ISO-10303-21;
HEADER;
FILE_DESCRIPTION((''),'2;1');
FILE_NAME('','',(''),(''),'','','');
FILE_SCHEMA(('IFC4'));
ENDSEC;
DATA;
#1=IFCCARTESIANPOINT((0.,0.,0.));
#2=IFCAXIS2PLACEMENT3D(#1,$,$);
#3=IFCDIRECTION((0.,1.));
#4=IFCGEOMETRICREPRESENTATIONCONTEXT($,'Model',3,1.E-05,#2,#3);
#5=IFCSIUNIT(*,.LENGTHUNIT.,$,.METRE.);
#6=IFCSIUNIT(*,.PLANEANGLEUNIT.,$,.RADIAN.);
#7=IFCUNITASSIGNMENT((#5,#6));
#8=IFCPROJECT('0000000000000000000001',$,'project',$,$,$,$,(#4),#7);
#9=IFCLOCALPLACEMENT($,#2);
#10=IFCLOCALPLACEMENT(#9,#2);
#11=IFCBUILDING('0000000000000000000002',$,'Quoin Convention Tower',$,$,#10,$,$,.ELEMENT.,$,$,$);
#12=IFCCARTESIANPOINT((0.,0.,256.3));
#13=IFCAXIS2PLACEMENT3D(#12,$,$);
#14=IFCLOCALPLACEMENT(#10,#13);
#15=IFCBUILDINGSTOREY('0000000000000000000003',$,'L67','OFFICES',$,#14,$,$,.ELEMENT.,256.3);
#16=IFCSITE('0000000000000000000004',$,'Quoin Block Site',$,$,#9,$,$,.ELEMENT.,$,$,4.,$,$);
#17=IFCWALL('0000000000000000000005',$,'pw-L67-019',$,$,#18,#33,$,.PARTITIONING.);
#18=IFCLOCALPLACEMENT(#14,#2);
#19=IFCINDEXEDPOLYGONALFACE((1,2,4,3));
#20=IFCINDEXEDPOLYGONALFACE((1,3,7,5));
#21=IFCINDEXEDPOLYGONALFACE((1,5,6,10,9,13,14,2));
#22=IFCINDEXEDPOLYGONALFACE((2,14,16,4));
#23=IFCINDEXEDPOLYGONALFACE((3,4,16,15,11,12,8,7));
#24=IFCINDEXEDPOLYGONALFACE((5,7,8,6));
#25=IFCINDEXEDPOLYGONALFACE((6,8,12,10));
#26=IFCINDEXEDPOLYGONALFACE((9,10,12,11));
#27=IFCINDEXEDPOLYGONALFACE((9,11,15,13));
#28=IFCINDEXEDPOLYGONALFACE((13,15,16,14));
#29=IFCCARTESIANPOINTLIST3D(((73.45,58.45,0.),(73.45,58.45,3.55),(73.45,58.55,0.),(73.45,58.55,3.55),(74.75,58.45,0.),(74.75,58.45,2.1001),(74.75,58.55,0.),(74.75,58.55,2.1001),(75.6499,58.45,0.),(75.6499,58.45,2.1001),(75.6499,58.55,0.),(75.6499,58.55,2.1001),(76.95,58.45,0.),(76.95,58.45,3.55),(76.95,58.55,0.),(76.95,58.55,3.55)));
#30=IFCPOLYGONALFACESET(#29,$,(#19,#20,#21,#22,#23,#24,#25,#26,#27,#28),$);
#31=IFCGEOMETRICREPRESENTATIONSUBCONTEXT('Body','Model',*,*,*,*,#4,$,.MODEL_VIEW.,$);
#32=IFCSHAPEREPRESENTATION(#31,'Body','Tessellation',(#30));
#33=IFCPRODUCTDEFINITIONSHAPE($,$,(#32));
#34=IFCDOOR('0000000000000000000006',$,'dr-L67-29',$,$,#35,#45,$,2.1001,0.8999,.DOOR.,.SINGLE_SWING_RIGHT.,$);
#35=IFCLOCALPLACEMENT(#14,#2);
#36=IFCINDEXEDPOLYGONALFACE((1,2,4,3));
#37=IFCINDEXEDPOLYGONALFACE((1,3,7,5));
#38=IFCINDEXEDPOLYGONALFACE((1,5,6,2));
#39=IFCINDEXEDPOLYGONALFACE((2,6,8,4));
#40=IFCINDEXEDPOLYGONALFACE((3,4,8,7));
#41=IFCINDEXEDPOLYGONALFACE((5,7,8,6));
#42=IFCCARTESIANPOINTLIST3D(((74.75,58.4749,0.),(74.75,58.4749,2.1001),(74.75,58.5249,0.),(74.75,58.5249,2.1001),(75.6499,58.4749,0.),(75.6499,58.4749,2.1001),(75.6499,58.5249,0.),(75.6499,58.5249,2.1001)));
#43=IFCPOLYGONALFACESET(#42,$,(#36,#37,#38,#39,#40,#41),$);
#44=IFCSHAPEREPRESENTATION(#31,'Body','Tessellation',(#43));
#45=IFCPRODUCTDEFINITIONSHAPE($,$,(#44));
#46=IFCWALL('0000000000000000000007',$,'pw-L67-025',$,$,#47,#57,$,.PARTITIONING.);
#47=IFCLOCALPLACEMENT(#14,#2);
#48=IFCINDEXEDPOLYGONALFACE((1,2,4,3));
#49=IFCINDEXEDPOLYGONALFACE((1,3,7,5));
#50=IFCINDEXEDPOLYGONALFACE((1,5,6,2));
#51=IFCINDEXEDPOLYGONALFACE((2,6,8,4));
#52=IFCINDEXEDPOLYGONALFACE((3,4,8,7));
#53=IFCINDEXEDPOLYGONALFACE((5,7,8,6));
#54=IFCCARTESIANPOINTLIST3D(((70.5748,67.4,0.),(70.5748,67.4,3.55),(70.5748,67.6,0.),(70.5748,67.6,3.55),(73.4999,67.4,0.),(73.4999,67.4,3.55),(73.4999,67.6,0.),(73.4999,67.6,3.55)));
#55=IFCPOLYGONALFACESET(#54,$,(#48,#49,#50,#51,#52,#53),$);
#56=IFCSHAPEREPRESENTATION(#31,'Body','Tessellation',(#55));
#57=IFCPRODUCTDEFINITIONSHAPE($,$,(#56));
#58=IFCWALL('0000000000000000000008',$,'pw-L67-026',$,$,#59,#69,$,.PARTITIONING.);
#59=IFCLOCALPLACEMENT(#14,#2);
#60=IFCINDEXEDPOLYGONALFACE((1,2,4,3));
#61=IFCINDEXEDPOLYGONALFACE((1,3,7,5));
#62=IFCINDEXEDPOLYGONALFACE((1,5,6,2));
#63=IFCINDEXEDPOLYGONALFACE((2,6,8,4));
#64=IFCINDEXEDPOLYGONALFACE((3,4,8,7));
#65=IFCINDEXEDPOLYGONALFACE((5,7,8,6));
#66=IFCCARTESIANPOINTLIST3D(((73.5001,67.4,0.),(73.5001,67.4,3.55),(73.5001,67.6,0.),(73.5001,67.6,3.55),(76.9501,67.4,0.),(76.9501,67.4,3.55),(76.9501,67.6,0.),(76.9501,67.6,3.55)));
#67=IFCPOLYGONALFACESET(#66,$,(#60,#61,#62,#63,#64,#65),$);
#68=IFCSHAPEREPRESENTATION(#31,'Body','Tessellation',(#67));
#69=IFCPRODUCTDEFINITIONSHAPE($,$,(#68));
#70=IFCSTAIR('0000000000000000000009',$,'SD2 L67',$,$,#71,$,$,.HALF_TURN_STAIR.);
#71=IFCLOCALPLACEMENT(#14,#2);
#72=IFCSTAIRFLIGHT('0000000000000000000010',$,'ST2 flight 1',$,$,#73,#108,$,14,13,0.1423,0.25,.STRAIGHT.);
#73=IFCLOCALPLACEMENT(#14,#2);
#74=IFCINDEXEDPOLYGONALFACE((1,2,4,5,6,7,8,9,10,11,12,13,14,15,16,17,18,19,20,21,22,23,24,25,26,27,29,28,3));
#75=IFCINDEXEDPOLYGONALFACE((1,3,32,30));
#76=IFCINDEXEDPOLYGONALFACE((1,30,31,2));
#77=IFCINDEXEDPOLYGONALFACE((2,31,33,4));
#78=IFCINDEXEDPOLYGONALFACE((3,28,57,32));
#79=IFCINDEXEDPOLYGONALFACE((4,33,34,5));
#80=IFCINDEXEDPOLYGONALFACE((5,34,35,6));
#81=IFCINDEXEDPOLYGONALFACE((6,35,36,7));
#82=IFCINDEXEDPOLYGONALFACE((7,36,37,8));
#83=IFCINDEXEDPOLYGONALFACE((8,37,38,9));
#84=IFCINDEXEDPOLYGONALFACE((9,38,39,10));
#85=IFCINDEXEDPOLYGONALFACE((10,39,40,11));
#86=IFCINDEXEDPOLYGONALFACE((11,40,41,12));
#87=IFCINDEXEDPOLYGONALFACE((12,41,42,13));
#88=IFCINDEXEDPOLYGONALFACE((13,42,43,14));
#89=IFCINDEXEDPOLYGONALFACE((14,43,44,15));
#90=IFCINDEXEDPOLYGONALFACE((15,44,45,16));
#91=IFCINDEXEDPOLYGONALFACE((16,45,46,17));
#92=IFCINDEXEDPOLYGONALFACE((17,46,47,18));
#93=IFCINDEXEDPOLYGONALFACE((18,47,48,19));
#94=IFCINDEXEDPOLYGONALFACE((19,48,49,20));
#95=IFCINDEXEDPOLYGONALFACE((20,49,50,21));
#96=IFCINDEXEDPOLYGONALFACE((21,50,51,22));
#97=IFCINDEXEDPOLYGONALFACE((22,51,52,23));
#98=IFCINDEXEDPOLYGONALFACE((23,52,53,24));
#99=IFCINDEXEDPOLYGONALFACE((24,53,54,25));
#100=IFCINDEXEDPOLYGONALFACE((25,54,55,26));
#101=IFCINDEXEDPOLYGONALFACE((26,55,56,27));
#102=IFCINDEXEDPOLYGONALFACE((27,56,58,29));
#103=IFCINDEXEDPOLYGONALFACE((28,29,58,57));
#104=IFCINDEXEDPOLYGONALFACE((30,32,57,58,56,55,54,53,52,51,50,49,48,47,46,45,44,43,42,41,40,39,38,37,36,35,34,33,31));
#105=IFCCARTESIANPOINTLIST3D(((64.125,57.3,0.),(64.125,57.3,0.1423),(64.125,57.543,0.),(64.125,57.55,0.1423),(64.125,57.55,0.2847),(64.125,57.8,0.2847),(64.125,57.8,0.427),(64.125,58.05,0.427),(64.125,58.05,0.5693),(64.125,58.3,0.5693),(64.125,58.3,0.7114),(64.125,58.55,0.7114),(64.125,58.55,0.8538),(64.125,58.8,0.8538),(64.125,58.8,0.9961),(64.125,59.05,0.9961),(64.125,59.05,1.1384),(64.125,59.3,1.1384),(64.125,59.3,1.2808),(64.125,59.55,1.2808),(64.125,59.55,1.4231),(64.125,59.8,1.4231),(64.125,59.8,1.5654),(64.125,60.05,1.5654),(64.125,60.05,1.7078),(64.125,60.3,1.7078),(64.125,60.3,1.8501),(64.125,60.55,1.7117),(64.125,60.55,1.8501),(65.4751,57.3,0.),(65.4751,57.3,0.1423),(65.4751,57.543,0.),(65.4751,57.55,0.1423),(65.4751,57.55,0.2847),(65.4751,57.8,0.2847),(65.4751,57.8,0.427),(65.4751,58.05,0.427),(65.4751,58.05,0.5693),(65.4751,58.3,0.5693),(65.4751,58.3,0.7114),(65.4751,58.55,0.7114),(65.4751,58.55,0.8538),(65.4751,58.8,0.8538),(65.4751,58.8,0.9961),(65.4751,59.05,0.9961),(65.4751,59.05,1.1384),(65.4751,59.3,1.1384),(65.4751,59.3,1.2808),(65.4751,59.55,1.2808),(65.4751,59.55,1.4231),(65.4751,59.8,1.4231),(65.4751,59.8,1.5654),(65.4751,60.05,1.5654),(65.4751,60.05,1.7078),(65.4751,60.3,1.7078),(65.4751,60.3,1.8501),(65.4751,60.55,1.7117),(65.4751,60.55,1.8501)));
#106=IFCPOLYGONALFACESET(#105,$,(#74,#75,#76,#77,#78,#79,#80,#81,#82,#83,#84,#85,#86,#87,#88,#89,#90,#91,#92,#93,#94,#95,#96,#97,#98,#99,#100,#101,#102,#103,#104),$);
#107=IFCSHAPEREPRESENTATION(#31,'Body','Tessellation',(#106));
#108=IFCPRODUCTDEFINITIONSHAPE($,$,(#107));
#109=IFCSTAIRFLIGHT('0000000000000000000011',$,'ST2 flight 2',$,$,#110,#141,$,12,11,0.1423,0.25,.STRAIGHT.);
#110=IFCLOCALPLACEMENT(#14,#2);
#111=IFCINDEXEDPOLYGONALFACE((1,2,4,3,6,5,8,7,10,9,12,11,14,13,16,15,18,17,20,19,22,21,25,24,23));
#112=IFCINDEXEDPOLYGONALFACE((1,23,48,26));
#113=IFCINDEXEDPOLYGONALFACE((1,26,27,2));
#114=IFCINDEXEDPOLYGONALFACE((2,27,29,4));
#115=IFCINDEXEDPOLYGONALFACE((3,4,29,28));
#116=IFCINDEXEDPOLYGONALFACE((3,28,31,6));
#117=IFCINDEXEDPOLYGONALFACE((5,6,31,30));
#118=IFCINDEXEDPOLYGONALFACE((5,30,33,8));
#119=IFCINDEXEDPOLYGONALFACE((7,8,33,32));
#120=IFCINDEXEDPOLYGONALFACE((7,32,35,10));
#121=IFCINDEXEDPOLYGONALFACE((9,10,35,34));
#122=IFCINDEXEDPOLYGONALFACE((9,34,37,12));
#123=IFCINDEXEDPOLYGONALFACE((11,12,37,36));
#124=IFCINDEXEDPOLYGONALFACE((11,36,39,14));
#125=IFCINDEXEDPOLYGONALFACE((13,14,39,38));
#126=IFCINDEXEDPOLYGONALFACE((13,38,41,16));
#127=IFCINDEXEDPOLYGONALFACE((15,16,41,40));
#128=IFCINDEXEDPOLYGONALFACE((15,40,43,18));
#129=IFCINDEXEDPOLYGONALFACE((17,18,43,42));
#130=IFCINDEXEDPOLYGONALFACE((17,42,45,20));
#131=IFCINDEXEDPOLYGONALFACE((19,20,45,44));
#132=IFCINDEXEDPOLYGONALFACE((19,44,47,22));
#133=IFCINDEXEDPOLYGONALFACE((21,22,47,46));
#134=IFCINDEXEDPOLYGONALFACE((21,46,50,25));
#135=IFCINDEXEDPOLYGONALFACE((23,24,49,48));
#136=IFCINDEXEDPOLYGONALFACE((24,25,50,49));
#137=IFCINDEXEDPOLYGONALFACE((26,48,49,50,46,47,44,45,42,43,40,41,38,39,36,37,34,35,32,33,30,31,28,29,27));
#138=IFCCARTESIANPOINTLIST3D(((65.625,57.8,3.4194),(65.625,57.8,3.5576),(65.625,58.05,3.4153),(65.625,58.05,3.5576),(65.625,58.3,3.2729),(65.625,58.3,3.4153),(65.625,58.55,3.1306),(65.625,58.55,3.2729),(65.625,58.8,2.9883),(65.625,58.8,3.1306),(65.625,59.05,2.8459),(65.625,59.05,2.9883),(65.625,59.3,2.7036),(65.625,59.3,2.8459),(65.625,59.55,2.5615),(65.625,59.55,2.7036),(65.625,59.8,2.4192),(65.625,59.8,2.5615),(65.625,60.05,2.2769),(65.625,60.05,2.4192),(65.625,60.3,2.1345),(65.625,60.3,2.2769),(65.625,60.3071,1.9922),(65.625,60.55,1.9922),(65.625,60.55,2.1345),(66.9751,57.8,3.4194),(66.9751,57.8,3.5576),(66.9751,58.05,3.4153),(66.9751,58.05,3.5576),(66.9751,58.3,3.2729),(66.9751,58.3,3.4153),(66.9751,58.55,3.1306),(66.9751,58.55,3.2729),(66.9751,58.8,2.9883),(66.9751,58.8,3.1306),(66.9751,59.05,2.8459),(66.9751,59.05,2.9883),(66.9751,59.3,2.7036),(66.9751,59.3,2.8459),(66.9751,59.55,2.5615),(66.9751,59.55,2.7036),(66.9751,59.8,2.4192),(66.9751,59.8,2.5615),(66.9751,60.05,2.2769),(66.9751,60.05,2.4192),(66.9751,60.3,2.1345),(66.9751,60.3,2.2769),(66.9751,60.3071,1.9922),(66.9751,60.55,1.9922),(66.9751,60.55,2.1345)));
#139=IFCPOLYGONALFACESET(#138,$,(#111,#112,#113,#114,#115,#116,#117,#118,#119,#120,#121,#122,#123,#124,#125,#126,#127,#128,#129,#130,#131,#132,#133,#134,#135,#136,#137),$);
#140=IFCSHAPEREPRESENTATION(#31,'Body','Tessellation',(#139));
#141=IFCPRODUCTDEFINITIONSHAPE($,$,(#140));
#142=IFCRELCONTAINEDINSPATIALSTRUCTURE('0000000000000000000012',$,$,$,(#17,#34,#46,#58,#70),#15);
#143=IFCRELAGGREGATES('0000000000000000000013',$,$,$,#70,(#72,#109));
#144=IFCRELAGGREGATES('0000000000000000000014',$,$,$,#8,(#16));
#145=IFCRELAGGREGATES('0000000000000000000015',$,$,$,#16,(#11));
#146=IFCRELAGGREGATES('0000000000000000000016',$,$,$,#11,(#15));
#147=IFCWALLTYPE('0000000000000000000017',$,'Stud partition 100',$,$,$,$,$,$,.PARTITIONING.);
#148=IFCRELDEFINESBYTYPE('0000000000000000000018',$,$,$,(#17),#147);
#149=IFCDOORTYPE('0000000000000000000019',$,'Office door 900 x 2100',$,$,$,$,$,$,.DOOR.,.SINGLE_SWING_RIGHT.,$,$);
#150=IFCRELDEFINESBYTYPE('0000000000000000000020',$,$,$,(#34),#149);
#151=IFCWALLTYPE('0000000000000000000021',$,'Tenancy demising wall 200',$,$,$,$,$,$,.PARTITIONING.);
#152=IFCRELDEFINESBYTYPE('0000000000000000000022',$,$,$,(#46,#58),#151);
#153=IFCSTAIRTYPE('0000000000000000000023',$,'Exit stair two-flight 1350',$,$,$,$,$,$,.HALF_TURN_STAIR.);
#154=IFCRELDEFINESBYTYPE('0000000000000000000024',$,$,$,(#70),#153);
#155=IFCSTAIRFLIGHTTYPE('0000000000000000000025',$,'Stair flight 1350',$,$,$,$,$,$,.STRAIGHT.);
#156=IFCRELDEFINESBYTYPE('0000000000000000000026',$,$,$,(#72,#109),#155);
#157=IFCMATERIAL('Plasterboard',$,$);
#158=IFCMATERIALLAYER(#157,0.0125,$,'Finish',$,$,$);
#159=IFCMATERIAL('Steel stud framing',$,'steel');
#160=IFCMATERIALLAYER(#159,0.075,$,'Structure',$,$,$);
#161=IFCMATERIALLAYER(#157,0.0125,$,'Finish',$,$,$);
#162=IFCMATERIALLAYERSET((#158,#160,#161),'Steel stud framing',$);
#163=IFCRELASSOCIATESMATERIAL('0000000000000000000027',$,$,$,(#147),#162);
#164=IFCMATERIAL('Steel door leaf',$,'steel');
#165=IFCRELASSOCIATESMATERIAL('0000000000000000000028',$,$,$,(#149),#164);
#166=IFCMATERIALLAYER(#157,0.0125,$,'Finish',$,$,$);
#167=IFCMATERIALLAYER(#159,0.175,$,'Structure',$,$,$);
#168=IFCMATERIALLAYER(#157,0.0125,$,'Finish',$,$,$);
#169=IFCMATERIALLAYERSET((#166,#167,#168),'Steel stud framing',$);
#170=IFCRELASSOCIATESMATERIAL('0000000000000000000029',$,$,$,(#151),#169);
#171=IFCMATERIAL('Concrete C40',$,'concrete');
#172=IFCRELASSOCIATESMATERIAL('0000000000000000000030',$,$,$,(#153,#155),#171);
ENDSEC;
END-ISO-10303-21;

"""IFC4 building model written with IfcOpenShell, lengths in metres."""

from ifc_helpers import new_model, si_unit, direction, frame, frame_2d, origin, place, context, subcontext, project, spatial, polyline, rectangle, outline, extrude, material, layer, layer_set, type_object, element, fill, aggregate, save


model = new_model("IFC4")

# Units and contexts
model_context = context("Model", 3, precision=1e-05, world=origin(), true_north=direction((0.0, 1.0)))
body_context = subcontext(model_context, "Body", "Model", "MODEL_VIEW")
ifc_project = project(units=[si_unit("LENGTHUNIT", "METRE"), si_unit("PLANEANGLEUNIT", "RADIAN")], contexts=[model_context])

# Site, building, storey
site_placement = place(None, origin())
site = spatial("IfcSite", under=ifc_project, at=site_placement, Name="Quoin Block Site", CompositionType="ELEMENT", RefElevation=4.0)
building_placement = place(site_placement, origin())
building = spatial("IfcBuilding", under=site, at=building_placement, Name="Quoin Convention Tower", CompositionType="ELEMENT")
storey_placement = place(building_placement, frame((0.0, 0.0, 256.3)))
storey = spatial("IfcBuildingStorey", under=building, at=storey_placement, Name="L67", Description="OFFICES", CompositionType="ELEMENT", Elevation=256.3)

# Wall, opening, door
ifc_material_1 = material(Name="Steel door leaf", Category="steel")
ifc_material_2 = material(Name="Plasterboard")
ifc_material_3 = material(Name="Steel stud framing", Category="steel")
ifc_layer_1 = layer(ifc_material_2, 0.0125, Name="Finish")
ifc_layer_2 = layer(ifc_material_3, 0.075, Name="Structure")
ifc_layer_3 = layer(ifc_material_2, 0.0125, Name="Finish")
ifc_layer_set_1 = layer_set([ifc_layer_1, ifc_layer_2, ifc_layer_3], Name="Steel stud framing")
wall_type_1 = type_object("IfcWallType", Name="Stud partition 100", PredefinedType="PARTITIONING", material=ifc_layer_set_1)
wall_1_placement = place(storey_placement, frame((73.45, 58.5, 0.0), z_axis=(0.0, 0.0, 1.0), x_axis=(1.0, 0.0, 0.0)))
wall_1 = element("IfcWall", 1, at=wall_1_placement, inside=storey, type_object=wall_type_1, Name="pw-L67-019", PredefinedType="PARTITIONING", context=body_context, shape_type="SweptSolid", body=[
    extrude(rectangle(XDim=3.5, YDim=0.1001, at=frame_2d((1.75, 0.0))), origin(), (0.0, 0.0, 1.0), 3.55),
])
opening_1_placement = place(wall_1_placement, frame((1.3, 0.0, 0.0)))
opening_1 = element("IfcOpeningElement", 2, at=opening_1_placement, cuts=wall_1, PredefinedType="OPENING", context=body_context, shape_type="SweptSolid", body=[
    extrude(rectangle(XDim=0.8999, YDim=2.1001, at=frame_2d((0.45, 1.05))), frame((0.0, 0.0601, 0.0), z_axis=(0.0, -1.0, 0.0), x_axis=(1.0, 0.0, 0.0)), (0.0, 0.0, 1.0), 0.1201),
])
door_type_1 = type_object("IfcDoorType", Name="Office door 900 x 2100", OperationType="SINGLE_SWING_RIGHT", PredefinedType="DOOR", material=ifc_material_1)
door_1_placement = place(opening_1_placement, origin())
door_1 = element("IfcDoor", 3, at=door_1_placement, inside=storey, type_object=door_type_1, Name="dr-L67-29", OperationType="SINGLE_SWING_RIGHT", OverallHeight=2.1001, OverallWidth=0.8999, PredefinedType="DOOR", context=body_context, shape_type="SweptSolid", body=[
    extrude(rectangle(XDim=0.8999, YDim=2.1001, at=frame_2d((0.45, 1.05))), frame((0.0, 0.0249, 0.0), z_axis=(0.0, -1.0, 0.0), x_axis=(1.0, 0.0, 0.0)), (0.0, 0.0, 1.0), 0.05),
])
fill(opening_1, door_1)

# Walls
ifc_layer_4 = layer(ifc_material_2, 0.0125, Name="Finish")
ifc_layer_5 = layer(ifc_material_3, 0.175, Name="Structure")
ifc_layer_6 = layer(ifc_material_2, 0.0125, Name="Finish")
ifc_layer_set_2 = layer_set([ifc_layer_4, ifc_layer_5, ifc_layer_6], Name="Steel stud framing")
wall_type_2 = type_object("IfcWallType", Name="Tenancy demising wall 200", PredefinedType="PARTITIONING", material=ifc_layer_set_2)
wall_2_placement = place(storey_placement, frame((70.575, 67.5, 0.0), z_axis=(0.0, 0.0, 1.0), x_axis=(1.0, 0.0, 0.0)))
element("IfcWall", 4, at=wall_2_placement, inside=storey, type_object=wall_type_2, Name="pw-L67-025", PredefinedType="PARTITIONING", context=body_context, shape_type="SweptSolid", body=[
    extrude(rectangle(XDim=2.925, YDim=0.2, at=frame_2d((1.4624, 0.0))), origin(), (0.0, 0.0, 1.0), 3.55),
])
wall_3_placement = place(storey_placement, frame((73.5, 67.5, 0.0), z_axis=(0.0, 0.0, 1.0), x_axis=(1.0, 0.0, 0.0)))
element("IfcWall", 5, at=wall_3_placement, inside=storey, type_object=wall_type_2, Name="pw-L67-026", PredefinedType="PARTITIONING", context=body_context, shape_type="SweptSolid", body=[
    extrude(rectangle(XDim=3.45, YDim=0.2, at=frame_2d((1.7251, 0.0))), origin(), (0.0, 0.0, 1.0), 3.55),
])

# Stair, stair flights
ifc_material_4 = material(Name="Concrete C40", Category="concrete")
stair_type = type_object("IfcStairType", Name="Exit stair two-flight 1350", PredefinedType="HALF_TURN_STAIR", material=ifc_material_4)
stair_placement = place(storey_placement, origin())
stair = element("IfcStair", 6, at=stair_placement, inside=storey, type_object=stair_type, Name="SD2 L67", PredefinedType="HALF_TURN_STAIR")
stair_flight_type = type_object("IfcStairFlightType", Name="Stair flight 1350", PredefinedType="STRAIGHT", material=ifc_material_4)
stair_flight_1_placement = place(storey_placement, frame((64.8, 57.3, 0.0), z_axis=(0.0, 0.0, 1.0), x_axis=(0.0, 1.0, 0.0)))
stair_flight_1 = element("IfcStairFlight", 7, at=stair_flight_1_placement, type_object=stair_flight_type, Name="ST2 flight 1", NumberOfRisers=14, NumberOfTreads=13, PredefinedType="STRAIGHT", RiserHeight=0.1423, TreadLength=0.25, context=body_context, shape_type="SweptSolid", body=[
    extrude(outline(polyline([(0.0, 0.0), (0.0, 0.1423), (0.25, 0.1423), (0.25, 0.2847), (0.5, 0.2847), (0.5, 0.427), (0.75, 0.427), (0.75, 0.5693), (1.0, 0.5693), (1.0, 0.7114), (1.25, 0.7114), (1.25, 0.8538), (1.5, 0.8538), (1.5, 0.9961), (1.75, 0.9961), (1.75, 1.1384), (2.0, 1.1384), (2.0, 1.2808), (2.25, 1.2808), (2.25, 1.4231), (2.5, 1.4231), (2.5, 1.5654), (2.75, 1.5654), (2.75, 1.7078), (3.0, 1.7078), (3.0, 1.8501), (3.25, 1.8501), (3.25, 1.9922), (3.25, 1.7117), (0.2429, 0.0), (0.0, 0.0)])), frame((0.0, 0.675, 0.0), z_axis=(0.0, -1.0, 0.0), x_axis=(1.0, 0.0, 0.0)), (0.0, 0.0, 1.0), 1.3501),
])
stair_flight_2_placement = place(storey_placement, frame((66.3, 60.55, 1.9922), z_axis=(0.0, 0.0, 1.0), x_axis=(0.0, -1.0, 0.0)))
stair_flight_2 = element("IfcStairFlight", 8, at=stair_flight_2_placement, type_object=stair_flight_type, Name="ST2 flight 2", NumberOfRisers=12, NumberOfTreads=11, PredefinedType="STRAIGHT", RiserHeight=0.1423, TreadLength=0.25, context=body_context, shape_type="SweptSolid", body=[
    extrude(outline(polyline([(0.0, 0.0), (0.0, 0.1423), (0.25, 0.1423), (0.25, 0.2847), (0.5, 0.2847), (0.5, 0.427), (0.75, 0.427), (0.75, 0.5693), (1.0, 0.5693), (1.0, 0.7114), (1.25, 0.7114), (1.25, 0.8538), (1.5, 0.8538), (1.5, 0.9961), (1.75, 0.9961), (1.75, 1.1384), (2.0, 1.1384), (2.0, 1.2808), (2.25, 1.2808), (2.25, 1.4231), (2.5, 1.4231), (2.5, 1.5654), (2.75, 1.5654), (2.75, 1.7078), (2.75, 1.4272), (0.2429, 0.0), (0.0, 0.0)])), frame((0.0, 0.675, 0.0), z_axis=(0.0, -1.0, 0.0), x_axis=(1.0, 0.0, 0.0)), (0.0, 0.0, 1.0), 1.3501),
])
aggregate(stair, [stair_flight_1, stair_flight_2])

save(model, "model.ifc")
